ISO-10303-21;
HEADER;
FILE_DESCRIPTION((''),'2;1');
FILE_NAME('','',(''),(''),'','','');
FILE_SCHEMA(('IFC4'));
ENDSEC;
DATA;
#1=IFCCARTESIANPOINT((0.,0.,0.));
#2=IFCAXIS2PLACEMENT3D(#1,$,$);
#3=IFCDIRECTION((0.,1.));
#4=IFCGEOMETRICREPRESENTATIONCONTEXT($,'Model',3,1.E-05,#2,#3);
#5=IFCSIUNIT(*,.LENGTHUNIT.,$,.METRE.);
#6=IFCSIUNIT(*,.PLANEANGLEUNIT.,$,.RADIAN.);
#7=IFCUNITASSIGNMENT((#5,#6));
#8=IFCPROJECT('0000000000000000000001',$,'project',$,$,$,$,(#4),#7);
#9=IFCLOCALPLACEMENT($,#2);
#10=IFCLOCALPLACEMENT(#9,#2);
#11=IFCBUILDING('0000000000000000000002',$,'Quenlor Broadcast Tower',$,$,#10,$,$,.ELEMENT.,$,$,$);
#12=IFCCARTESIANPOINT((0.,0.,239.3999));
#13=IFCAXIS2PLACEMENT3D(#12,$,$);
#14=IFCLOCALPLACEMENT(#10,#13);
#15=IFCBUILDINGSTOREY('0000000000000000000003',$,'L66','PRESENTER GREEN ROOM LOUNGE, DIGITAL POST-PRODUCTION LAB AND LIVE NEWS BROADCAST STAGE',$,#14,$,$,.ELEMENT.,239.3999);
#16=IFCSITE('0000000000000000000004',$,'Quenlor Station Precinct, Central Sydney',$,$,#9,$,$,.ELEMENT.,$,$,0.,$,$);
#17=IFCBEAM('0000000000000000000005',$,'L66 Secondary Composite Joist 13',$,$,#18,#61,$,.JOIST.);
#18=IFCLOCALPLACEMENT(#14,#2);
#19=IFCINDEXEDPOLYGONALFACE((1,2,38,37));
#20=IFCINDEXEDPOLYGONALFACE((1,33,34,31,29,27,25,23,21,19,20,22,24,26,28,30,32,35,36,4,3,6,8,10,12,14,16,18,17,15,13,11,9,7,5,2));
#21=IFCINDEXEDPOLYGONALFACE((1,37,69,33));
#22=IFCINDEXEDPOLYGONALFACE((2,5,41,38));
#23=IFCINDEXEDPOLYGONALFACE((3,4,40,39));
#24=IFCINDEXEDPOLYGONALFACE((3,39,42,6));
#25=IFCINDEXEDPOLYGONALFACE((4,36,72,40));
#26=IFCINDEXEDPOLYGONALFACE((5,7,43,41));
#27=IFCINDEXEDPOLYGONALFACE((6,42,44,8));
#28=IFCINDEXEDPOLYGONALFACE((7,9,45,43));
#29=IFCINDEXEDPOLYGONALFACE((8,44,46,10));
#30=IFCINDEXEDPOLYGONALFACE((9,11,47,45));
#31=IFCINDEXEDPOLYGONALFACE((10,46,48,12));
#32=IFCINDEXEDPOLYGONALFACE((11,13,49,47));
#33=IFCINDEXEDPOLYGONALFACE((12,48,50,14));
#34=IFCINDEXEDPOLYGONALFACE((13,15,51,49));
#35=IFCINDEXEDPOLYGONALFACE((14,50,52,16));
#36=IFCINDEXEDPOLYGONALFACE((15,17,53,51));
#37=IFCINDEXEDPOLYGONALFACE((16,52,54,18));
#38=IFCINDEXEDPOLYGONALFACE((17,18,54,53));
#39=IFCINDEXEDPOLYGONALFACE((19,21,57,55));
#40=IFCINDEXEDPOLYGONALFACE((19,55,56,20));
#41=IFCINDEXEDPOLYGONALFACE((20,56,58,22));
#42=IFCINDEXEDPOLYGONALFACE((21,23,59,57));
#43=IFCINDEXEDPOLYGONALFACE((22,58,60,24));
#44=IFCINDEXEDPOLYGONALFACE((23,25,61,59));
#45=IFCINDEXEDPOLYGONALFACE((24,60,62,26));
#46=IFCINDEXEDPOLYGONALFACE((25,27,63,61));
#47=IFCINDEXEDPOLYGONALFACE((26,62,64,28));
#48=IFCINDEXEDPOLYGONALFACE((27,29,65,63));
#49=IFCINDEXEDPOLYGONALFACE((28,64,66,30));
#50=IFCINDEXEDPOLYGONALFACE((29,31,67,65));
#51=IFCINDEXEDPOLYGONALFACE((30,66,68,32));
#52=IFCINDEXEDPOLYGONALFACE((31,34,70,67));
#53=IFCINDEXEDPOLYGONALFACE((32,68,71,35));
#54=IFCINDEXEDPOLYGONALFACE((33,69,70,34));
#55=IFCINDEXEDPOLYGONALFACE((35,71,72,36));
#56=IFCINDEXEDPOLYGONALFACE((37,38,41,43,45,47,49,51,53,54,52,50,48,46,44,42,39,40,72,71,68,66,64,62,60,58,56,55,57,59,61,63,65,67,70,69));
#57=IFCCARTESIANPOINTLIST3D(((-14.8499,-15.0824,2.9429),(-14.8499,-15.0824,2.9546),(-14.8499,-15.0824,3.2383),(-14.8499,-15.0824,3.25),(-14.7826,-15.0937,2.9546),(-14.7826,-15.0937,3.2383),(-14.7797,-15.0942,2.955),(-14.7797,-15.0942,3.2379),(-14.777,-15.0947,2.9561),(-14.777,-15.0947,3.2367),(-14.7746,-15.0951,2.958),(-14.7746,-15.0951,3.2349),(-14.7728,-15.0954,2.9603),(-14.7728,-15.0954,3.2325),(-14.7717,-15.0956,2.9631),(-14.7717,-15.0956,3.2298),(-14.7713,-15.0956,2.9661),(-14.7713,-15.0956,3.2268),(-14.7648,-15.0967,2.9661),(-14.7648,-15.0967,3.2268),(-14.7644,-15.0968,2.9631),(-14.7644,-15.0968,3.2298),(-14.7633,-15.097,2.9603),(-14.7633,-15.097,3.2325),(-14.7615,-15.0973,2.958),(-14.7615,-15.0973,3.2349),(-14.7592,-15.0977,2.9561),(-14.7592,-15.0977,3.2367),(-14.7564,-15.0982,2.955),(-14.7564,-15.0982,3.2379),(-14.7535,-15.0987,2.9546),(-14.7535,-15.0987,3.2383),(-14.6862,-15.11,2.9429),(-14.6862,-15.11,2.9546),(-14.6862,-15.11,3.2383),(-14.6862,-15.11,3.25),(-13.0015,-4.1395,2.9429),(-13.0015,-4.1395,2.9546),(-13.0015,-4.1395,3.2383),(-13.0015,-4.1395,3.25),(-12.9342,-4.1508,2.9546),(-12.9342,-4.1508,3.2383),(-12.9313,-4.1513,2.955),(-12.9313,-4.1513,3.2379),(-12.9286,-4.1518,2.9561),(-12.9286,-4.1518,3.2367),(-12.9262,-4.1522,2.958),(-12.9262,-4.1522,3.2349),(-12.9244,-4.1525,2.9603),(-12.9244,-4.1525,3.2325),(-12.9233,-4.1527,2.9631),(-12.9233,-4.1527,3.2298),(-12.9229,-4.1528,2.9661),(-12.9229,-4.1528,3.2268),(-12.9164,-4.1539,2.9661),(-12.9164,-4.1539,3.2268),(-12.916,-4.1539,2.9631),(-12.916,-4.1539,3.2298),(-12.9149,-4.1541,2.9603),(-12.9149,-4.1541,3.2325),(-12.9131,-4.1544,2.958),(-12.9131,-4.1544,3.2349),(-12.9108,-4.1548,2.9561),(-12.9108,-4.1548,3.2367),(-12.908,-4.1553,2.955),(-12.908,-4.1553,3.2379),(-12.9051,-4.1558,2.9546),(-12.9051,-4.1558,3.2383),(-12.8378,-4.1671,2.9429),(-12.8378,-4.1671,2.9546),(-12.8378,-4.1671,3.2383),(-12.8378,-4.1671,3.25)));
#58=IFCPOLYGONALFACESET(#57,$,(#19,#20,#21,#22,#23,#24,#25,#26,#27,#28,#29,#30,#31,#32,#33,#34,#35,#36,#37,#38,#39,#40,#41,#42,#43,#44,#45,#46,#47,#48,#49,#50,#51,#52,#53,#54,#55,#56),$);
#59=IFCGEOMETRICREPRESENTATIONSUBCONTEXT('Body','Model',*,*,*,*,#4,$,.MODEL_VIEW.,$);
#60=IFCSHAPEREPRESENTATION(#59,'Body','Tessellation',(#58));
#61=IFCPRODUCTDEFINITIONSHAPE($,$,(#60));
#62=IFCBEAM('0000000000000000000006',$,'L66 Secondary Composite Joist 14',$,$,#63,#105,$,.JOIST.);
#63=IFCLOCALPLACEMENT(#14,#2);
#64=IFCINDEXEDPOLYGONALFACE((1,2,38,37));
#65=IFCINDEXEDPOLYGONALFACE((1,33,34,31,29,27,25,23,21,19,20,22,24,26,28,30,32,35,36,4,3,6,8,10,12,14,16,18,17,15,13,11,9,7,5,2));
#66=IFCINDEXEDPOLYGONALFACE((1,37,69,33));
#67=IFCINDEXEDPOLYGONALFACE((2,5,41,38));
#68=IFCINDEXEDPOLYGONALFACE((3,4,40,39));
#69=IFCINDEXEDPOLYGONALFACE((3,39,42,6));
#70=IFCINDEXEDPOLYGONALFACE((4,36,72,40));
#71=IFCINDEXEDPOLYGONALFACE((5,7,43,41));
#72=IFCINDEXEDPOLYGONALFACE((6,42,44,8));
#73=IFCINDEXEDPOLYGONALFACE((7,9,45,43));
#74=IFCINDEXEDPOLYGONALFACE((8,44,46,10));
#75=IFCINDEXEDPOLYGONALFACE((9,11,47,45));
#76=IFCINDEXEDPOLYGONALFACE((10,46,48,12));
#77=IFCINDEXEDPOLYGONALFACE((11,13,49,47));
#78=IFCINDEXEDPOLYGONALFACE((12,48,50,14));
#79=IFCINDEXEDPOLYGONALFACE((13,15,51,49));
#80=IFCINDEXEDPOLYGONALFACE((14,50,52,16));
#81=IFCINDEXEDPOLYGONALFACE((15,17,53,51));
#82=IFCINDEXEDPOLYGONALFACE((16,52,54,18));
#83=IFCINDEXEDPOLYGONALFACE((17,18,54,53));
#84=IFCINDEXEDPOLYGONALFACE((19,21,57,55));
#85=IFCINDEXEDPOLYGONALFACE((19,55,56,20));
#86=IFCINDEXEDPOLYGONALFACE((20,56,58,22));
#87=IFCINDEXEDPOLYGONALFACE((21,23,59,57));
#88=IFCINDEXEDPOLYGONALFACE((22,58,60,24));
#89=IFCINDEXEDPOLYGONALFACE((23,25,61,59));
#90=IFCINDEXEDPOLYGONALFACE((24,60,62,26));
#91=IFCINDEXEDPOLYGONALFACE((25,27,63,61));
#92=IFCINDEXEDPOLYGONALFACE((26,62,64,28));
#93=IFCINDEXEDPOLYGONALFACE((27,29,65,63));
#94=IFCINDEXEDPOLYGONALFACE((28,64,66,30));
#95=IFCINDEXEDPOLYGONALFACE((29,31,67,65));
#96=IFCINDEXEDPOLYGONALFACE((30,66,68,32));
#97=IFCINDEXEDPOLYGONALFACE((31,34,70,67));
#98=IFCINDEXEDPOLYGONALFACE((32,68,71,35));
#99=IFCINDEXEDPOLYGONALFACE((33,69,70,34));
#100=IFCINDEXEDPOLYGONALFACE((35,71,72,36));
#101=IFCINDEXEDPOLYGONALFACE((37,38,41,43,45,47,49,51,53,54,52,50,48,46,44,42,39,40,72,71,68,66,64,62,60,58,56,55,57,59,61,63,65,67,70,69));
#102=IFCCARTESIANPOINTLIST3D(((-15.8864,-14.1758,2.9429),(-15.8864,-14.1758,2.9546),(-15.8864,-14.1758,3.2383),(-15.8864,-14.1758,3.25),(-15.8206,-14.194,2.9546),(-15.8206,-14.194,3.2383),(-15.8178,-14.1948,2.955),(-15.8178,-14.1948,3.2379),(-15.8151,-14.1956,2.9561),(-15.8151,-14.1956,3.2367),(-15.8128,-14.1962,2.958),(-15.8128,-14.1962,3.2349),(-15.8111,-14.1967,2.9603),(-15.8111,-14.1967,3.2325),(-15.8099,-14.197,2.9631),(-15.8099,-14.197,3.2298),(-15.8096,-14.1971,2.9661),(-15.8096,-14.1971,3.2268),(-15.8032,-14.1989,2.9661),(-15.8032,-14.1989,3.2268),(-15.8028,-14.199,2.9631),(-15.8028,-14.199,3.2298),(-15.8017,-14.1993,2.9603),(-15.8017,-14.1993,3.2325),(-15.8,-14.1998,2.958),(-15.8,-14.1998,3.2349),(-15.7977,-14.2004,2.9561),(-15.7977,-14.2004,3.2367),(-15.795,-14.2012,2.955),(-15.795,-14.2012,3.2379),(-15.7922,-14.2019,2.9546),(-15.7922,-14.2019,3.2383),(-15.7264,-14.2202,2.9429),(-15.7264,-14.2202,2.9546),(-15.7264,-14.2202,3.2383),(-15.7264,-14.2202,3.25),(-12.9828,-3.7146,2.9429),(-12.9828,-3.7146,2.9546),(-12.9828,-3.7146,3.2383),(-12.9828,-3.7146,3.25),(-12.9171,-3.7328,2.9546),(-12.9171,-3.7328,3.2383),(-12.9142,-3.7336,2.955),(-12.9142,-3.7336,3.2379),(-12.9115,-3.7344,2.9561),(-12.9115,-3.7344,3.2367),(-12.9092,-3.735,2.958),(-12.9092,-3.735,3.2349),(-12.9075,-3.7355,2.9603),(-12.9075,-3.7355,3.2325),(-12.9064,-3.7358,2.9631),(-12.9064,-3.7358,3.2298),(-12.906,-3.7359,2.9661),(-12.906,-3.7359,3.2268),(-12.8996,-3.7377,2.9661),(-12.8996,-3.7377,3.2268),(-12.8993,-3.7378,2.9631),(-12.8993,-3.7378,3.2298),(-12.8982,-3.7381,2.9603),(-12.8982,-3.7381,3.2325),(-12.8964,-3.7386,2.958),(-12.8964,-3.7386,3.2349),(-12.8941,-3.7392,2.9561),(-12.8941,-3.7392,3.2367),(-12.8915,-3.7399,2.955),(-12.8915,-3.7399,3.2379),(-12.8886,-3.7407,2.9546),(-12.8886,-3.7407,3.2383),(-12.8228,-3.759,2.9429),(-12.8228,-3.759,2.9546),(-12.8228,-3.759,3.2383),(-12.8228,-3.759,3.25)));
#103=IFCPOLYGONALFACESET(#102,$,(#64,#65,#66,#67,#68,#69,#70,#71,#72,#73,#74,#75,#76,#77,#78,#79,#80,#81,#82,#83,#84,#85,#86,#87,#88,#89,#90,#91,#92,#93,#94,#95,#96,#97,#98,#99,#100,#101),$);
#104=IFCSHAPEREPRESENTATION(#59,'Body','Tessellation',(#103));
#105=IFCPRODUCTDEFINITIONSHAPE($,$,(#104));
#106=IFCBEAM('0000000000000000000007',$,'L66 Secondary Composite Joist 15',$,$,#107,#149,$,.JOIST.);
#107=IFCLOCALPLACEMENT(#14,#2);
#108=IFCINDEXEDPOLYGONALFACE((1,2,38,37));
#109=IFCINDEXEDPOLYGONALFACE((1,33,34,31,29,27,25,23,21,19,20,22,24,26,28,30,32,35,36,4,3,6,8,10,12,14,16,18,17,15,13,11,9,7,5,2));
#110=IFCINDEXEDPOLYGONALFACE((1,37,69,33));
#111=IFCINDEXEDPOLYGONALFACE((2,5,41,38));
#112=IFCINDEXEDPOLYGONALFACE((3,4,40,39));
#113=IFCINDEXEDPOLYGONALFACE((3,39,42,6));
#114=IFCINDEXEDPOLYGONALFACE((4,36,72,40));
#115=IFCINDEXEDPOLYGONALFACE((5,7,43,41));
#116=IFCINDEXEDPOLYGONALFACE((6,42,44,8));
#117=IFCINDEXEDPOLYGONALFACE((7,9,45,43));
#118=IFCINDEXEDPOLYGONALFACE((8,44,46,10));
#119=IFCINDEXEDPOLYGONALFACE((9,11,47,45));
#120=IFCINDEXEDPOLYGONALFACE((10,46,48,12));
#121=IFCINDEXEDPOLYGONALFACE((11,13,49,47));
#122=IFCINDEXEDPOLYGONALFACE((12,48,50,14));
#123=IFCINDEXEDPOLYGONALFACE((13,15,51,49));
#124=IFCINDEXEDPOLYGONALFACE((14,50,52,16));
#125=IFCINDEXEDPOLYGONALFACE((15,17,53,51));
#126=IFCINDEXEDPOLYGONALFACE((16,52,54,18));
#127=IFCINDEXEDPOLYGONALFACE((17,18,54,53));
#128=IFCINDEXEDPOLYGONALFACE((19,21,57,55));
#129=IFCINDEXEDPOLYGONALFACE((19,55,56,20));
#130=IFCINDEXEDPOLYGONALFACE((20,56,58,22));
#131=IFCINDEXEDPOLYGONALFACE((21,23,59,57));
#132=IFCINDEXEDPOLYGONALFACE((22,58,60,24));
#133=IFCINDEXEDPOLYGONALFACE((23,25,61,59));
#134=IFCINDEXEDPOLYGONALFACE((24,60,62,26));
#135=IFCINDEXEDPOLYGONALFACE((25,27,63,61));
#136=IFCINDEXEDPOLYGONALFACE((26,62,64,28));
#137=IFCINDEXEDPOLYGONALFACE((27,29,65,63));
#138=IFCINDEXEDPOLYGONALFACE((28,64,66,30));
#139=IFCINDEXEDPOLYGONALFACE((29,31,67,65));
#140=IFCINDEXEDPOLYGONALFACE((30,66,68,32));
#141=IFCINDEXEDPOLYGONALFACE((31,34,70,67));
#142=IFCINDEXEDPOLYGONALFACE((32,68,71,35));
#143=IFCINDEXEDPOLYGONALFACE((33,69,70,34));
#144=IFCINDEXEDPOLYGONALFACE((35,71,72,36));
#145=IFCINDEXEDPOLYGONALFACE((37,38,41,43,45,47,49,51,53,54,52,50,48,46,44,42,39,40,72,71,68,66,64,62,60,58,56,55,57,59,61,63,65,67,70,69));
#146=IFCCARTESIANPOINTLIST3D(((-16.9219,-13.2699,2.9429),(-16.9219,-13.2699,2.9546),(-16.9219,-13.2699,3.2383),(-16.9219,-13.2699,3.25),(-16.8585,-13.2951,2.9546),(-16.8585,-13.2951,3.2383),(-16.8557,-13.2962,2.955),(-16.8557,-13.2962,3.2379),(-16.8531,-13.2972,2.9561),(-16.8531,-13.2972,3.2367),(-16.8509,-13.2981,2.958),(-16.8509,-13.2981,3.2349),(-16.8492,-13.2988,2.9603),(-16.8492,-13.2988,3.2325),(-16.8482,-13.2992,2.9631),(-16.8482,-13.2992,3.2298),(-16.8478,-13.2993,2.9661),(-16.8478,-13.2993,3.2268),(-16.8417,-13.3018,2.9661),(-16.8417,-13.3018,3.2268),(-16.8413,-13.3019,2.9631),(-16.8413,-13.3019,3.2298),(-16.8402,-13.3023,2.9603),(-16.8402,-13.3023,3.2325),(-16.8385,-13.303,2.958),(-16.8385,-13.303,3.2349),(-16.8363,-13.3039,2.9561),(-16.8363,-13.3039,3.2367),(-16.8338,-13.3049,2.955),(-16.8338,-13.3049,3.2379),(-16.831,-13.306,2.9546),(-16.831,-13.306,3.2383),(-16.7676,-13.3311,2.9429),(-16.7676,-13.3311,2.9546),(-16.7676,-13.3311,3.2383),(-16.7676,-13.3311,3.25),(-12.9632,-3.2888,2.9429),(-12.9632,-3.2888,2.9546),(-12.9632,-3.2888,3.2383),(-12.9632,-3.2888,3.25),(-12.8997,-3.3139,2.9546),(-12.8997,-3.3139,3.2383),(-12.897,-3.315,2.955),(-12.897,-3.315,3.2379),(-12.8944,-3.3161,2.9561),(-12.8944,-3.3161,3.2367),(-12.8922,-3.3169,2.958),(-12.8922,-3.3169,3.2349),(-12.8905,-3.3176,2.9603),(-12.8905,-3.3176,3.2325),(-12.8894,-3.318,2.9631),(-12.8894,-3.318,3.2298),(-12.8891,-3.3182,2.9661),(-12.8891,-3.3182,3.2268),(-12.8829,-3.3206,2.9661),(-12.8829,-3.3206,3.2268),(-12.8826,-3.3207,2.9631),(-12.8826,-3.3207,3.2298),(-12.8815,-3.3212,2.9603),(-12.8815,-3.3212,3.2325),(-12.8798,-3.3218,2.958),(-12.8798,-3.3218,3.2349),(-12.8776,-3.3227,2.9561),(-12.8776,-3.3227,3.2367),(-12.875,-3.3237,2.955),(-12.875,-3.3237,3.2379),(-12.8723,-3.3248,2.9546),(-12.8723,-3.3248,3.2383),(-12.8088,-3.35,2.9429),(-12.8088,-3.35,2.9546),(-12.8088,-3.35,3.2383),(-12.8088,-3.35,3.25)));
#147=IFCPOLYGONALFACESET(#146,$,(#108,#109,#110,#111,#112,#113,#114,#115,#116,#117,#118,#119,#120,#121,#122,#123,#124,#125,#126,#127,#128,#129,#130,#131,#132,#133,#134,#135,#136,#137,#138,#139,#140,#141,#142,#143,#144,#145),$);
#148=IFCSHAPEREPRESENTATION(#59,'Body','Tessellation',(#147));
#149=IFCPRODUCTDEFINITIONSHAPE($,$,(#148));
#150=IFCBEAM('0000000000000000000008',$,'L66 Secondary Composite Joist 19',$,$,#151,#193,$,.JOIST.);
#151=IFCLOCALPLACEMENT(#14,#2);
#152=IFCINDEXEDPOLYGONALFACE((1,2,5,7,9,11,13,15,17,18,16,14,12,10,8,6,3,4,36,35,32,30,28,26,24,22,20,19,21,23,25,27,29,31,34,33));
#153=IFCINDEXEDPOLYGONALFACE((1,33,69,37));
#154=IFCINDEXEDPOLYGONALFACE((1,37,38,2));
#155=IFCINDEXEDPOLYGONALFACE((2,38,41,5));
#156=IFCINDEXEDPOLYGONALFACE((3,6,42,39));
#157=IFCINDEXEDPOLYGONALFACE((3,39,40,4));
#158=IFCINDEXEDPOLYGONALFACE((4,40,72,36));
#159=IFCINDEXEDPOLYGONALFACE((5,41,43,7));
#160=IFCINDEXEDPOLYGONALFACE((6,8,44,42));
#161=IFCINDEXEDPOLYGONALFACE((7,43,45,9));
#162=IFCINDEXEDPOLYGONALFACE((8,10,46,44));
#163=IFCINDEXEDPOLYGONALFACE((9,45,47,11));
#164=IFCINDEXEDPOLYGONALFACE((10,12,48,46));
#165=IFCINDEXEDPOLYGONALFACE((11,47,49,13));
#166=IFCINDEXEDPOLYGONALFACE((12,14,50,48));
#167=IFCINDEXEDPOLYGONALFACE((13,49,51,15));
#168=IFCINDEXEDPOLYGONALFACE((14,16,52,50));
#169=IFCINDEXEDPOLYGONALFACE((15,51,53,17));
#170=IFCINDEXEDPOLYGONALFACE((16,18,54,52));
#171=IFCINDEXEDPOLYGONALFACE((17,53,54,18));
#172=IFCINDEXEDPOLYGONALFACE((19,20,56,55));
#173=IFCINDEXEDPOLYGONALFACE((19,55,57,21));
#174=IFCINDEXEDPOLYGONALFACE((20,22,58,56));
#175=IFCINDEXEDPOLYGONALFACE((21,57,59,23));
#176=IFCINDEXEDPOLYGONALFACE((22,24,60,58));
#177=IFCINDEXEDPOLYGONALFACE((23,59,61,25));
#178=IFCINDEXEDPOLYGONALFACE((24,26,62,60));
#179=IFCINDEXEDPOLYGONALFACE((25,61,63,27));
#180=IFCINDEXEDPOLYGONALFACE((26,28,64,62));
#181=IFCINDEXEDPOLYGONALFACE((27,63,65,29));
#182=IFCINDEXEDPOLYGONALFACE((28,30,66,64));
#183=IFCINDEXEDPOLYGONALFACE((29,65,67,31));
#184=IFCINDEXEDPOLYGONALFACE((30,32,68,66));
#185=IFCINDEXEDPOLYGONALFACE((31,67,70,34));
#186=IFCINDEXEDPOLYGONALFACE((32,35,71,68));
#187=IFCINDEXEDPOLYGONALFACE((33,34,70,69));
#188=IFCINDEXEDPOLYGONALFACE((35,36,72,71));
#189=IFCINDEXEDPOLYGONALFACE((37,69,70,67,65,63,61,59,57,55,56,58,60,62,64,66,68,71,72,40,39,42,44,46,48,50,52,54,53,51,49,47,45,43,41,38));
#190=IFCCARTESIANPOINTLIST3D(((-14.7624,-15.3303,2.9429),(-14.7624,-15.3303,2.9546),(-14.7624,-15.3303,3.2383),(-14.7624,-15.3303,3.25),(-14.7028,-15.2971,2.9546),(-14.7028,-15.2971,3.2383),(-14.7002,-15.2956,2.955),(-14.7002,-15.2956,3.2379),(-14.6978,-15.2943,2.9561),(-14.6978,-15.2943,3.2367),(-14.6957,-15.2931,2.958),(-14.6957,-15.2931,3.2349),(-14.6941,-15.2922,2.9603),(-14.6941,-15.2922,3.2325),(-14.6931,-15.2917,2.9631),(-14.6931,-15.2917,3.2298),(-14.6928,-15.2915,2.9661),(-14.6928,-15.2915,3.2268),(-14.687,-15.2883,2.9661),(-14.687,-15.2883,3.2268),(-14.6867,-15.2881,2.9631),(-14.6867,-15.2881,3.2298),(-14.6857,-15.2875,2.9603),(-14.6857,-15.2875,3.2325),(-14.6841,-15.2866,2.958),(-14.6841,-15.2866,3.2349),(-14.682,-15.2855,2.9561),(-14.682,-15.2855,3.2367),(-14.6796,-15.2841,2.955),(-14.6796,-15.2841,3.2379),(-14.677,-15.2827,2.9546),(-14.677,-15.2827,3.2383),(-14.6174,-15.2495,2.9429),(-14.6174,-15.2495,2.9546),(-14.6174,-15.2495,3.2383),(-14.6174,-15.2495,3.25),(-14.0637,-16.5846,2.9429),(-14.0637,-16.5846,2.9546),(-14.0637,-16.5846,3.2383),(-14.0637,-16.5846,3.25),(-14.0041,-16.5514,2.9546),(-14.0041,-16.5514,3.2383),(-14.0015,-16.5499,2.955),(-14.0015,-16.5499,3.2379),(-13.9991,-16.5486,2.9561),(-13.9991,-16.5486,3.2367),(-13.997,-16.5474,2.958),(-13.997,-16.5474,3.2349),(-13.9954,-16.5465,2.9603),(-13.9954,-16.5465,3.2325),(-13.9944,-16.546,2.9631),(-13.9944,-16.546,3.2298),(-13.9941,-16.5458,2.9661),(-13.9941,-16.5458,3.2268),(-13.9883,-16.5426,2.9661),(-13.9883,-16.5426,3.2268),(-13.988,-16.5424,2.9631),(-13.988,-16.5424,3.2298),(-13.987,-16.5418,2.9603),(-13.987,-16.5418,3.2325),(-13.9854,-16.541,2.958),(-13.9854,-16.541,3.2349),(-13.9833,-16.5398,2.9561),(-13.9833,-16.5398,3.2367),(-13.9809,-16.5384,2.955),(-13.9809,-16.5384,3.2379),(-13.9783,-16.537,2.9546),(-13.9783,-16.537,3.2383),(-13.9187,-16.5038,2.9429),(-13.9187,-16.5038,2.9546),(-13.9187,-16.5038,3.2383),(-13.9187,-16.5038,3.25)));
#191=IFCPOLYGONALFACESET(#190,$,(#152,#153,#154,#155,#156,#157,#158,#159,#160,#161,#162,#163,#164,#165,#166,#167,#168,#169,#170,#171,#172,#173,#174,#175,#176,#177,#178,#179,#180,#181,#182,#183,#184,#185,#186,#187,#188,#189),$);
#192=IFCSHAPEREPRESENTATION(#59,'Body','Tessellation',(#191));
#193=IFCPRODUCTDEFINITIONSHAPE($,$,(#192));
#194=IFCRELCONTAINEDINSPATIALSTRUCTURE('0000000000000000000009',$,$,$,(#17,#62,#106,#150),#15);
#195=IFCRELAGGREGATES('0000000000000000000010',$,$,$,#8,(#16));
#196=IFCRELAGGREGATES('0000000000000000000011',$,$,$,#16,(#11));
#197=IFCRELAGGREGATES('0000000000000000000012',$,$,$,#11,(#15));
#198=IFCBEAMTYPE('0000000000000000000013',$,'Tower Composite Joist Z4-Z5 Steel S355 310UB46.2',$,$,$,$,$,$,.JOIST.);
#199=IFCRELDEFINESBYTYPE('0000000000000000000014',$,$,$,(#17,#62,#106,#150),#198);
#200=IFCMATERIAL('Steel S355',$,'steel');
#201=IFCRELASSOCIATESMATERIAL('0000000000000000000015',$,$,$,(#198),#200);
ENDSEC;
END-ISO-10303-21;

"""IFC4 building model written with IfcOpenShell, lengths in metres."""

from ifc_helpers import new_model, si_unit, direction, frame, origin, origin_2d, place, context, subcontext, project, spatial, i_section, extrude, material, material_profile, profile_set, type_object, element, save


model = new_model("IFC4")

# Units and contexts
model_context = context("Model", 3, precision=1e-05, world=origin(), true_north=direction((0.0, 1.0)))
body_context = subcontext(model_context, "Body", "Model", "MODEL_VIEW")
ifc_project = project(units=[si_unit("LENGTHUNIT", "METRE"), si_unit("PLANEANGLEUNIT", "RADIAN")], contexts=[model_context])

# Site, building, storey
site_placement = place(None, origin())
site = spatial("IfcSite", under=ifc_project, at=site_placement, Name="Quenlor Station Precinct, Central Sydney", CompositionType="ELEMENT", RefElevation=0.0)
building_placement = place(site_placement, origin())
building = spatial("IfcBuilding", under=site, at=building_placement, Name="Quenlor Broadcast Tower", CompositionType="ELEMENT")
storey_placement = place(building_placement, frame((0.0, 0.0, 239.3999)))
storey = spatial("IfcBuildingStorey", under=building, at=storey_placement, Name="L66", Description="PRESENTER GREEN ROOM LOUNGE, DIGITAL POST-PRODUCTION LAB AND LIVE NEWS BROADCAST STAGE", CompositionType="ELEMENT", Elevation=239.3999)

# Beams
ifc_material_1 = material(Name="Steel S355", Category="steel")
ifc_material_profile_1 = material_profile(ifc_material_1, i_section(OverallWidth=0.166, OverallDepth=0.3071, WebThickness=0.0066, FlangeThickness=0.0117, FilletRadius=0.0115, at=origin_2d()))
ifc_profile_set_1 = profile_set([ifc_material_profile_1], Name="Steel S355 310UB46.2")
beam_type_1 = type_object("IfcBeamType", Name="Tower Composite Joist Z4-Z5 Steel S355 310UB46.2", PredefinedType="JOIST", material=ifc_profile_set_1)
beam_1_placement = place(storey_placement, frame((-14.7681, -15.0962, 3.0964), z_axis=(0.166553, 0.986032, 0.0), x_axis=(-0.986032, 0.166553, 0.0)))
element("IfcBeam", 1, at=beam_1_placement, inside=storey, type_object=beam_type_1, Name="L66 Secondary Composite Joist 13", PredefinedType="JOIST", context=body_context, shape_type="SweptSolid", body=[
    extrude(i_section(OverallWidth=0.166, OverallDepth=0.3071, WebThickness=0.0066, FlangeThickness=0.0117, FilletRadius=0.0115, at=origin_2d()), origin(), (0.0, 0.0, 1.0), 11.0979),
])
beam_2_placement = place(storey_placement, frame((-15.8064, -14.198, 3.0964), z_axis=(0.267446, 0.963573, 0.0), x_axis=(-0.963573, 0.267446, 0.0)))
element("IfcBeam", 2, at=beam_2_placement, inside=storey, type_object=beam_type_1, Name="L66 Secondary Composite Joist 14", PredefinedType="JOIST", context=body_context, shape_type="SweptSolid", body=[
    extrude(i_section(OverallWidth=0.166, OverallDepth=0.3071, WebThickness=0.0066, FlangeThickness=0.0117, FilletRadius=0.0115, at=origin_2d()), origin(), (0.0, 0.0, 1.0), 10.8567),
])
beam_3_placement = place(storey_placement, frame((-16.8447, -13.3005, 3.0964), z_axis=(0.36868, 0.929556, 0.0), x_axis=(-0.929556, 0.36868, 0.0)))
element("IfcBeam", 3, at=beam_3_placement, inside=storey, type_object=beam_type_1, Name="L66 Secondary Composite Joist 15", PredefinedType="JOIST", context=body_context, shape_type="SweptSolid", body=[
    extrude(i_section(OverallWidth=0.166, OverallDepth=0.3071, WebThickness=0.0066, FlangeThickness=0.0117, FilletRadius=0.0115, at=origin_2d()), origin(), (0.0, 0.0, 1.0), 10.7375),
])
beam_4_placement = place(storey_placement, frame((-13.9912, -16.5442, 3.0964), z_axis=(-0.486624, 0.873611, 0.0), x_axis=(-0.873611, -0.486624, 0.0)))
element("IfcBeam", 4, at=beam_4_placement, inside=storey, type_object=beam_type_1, Name="L66 Secondary Composite Joist 19", PredefinedType="JOIST", context=body_context, shape_type="SweptSolid", body=[
    extrude(i_section(OverallWidth=0.166, OverallDepth=0.3071, WebThickness=0.0066, FlangeThickness=0.0117, FilletRadius=0.0115, at=origin_2d()), origin(), (0.0, 0.0, 1.0), 1.4358),
])

save(model, "model.ifc")
